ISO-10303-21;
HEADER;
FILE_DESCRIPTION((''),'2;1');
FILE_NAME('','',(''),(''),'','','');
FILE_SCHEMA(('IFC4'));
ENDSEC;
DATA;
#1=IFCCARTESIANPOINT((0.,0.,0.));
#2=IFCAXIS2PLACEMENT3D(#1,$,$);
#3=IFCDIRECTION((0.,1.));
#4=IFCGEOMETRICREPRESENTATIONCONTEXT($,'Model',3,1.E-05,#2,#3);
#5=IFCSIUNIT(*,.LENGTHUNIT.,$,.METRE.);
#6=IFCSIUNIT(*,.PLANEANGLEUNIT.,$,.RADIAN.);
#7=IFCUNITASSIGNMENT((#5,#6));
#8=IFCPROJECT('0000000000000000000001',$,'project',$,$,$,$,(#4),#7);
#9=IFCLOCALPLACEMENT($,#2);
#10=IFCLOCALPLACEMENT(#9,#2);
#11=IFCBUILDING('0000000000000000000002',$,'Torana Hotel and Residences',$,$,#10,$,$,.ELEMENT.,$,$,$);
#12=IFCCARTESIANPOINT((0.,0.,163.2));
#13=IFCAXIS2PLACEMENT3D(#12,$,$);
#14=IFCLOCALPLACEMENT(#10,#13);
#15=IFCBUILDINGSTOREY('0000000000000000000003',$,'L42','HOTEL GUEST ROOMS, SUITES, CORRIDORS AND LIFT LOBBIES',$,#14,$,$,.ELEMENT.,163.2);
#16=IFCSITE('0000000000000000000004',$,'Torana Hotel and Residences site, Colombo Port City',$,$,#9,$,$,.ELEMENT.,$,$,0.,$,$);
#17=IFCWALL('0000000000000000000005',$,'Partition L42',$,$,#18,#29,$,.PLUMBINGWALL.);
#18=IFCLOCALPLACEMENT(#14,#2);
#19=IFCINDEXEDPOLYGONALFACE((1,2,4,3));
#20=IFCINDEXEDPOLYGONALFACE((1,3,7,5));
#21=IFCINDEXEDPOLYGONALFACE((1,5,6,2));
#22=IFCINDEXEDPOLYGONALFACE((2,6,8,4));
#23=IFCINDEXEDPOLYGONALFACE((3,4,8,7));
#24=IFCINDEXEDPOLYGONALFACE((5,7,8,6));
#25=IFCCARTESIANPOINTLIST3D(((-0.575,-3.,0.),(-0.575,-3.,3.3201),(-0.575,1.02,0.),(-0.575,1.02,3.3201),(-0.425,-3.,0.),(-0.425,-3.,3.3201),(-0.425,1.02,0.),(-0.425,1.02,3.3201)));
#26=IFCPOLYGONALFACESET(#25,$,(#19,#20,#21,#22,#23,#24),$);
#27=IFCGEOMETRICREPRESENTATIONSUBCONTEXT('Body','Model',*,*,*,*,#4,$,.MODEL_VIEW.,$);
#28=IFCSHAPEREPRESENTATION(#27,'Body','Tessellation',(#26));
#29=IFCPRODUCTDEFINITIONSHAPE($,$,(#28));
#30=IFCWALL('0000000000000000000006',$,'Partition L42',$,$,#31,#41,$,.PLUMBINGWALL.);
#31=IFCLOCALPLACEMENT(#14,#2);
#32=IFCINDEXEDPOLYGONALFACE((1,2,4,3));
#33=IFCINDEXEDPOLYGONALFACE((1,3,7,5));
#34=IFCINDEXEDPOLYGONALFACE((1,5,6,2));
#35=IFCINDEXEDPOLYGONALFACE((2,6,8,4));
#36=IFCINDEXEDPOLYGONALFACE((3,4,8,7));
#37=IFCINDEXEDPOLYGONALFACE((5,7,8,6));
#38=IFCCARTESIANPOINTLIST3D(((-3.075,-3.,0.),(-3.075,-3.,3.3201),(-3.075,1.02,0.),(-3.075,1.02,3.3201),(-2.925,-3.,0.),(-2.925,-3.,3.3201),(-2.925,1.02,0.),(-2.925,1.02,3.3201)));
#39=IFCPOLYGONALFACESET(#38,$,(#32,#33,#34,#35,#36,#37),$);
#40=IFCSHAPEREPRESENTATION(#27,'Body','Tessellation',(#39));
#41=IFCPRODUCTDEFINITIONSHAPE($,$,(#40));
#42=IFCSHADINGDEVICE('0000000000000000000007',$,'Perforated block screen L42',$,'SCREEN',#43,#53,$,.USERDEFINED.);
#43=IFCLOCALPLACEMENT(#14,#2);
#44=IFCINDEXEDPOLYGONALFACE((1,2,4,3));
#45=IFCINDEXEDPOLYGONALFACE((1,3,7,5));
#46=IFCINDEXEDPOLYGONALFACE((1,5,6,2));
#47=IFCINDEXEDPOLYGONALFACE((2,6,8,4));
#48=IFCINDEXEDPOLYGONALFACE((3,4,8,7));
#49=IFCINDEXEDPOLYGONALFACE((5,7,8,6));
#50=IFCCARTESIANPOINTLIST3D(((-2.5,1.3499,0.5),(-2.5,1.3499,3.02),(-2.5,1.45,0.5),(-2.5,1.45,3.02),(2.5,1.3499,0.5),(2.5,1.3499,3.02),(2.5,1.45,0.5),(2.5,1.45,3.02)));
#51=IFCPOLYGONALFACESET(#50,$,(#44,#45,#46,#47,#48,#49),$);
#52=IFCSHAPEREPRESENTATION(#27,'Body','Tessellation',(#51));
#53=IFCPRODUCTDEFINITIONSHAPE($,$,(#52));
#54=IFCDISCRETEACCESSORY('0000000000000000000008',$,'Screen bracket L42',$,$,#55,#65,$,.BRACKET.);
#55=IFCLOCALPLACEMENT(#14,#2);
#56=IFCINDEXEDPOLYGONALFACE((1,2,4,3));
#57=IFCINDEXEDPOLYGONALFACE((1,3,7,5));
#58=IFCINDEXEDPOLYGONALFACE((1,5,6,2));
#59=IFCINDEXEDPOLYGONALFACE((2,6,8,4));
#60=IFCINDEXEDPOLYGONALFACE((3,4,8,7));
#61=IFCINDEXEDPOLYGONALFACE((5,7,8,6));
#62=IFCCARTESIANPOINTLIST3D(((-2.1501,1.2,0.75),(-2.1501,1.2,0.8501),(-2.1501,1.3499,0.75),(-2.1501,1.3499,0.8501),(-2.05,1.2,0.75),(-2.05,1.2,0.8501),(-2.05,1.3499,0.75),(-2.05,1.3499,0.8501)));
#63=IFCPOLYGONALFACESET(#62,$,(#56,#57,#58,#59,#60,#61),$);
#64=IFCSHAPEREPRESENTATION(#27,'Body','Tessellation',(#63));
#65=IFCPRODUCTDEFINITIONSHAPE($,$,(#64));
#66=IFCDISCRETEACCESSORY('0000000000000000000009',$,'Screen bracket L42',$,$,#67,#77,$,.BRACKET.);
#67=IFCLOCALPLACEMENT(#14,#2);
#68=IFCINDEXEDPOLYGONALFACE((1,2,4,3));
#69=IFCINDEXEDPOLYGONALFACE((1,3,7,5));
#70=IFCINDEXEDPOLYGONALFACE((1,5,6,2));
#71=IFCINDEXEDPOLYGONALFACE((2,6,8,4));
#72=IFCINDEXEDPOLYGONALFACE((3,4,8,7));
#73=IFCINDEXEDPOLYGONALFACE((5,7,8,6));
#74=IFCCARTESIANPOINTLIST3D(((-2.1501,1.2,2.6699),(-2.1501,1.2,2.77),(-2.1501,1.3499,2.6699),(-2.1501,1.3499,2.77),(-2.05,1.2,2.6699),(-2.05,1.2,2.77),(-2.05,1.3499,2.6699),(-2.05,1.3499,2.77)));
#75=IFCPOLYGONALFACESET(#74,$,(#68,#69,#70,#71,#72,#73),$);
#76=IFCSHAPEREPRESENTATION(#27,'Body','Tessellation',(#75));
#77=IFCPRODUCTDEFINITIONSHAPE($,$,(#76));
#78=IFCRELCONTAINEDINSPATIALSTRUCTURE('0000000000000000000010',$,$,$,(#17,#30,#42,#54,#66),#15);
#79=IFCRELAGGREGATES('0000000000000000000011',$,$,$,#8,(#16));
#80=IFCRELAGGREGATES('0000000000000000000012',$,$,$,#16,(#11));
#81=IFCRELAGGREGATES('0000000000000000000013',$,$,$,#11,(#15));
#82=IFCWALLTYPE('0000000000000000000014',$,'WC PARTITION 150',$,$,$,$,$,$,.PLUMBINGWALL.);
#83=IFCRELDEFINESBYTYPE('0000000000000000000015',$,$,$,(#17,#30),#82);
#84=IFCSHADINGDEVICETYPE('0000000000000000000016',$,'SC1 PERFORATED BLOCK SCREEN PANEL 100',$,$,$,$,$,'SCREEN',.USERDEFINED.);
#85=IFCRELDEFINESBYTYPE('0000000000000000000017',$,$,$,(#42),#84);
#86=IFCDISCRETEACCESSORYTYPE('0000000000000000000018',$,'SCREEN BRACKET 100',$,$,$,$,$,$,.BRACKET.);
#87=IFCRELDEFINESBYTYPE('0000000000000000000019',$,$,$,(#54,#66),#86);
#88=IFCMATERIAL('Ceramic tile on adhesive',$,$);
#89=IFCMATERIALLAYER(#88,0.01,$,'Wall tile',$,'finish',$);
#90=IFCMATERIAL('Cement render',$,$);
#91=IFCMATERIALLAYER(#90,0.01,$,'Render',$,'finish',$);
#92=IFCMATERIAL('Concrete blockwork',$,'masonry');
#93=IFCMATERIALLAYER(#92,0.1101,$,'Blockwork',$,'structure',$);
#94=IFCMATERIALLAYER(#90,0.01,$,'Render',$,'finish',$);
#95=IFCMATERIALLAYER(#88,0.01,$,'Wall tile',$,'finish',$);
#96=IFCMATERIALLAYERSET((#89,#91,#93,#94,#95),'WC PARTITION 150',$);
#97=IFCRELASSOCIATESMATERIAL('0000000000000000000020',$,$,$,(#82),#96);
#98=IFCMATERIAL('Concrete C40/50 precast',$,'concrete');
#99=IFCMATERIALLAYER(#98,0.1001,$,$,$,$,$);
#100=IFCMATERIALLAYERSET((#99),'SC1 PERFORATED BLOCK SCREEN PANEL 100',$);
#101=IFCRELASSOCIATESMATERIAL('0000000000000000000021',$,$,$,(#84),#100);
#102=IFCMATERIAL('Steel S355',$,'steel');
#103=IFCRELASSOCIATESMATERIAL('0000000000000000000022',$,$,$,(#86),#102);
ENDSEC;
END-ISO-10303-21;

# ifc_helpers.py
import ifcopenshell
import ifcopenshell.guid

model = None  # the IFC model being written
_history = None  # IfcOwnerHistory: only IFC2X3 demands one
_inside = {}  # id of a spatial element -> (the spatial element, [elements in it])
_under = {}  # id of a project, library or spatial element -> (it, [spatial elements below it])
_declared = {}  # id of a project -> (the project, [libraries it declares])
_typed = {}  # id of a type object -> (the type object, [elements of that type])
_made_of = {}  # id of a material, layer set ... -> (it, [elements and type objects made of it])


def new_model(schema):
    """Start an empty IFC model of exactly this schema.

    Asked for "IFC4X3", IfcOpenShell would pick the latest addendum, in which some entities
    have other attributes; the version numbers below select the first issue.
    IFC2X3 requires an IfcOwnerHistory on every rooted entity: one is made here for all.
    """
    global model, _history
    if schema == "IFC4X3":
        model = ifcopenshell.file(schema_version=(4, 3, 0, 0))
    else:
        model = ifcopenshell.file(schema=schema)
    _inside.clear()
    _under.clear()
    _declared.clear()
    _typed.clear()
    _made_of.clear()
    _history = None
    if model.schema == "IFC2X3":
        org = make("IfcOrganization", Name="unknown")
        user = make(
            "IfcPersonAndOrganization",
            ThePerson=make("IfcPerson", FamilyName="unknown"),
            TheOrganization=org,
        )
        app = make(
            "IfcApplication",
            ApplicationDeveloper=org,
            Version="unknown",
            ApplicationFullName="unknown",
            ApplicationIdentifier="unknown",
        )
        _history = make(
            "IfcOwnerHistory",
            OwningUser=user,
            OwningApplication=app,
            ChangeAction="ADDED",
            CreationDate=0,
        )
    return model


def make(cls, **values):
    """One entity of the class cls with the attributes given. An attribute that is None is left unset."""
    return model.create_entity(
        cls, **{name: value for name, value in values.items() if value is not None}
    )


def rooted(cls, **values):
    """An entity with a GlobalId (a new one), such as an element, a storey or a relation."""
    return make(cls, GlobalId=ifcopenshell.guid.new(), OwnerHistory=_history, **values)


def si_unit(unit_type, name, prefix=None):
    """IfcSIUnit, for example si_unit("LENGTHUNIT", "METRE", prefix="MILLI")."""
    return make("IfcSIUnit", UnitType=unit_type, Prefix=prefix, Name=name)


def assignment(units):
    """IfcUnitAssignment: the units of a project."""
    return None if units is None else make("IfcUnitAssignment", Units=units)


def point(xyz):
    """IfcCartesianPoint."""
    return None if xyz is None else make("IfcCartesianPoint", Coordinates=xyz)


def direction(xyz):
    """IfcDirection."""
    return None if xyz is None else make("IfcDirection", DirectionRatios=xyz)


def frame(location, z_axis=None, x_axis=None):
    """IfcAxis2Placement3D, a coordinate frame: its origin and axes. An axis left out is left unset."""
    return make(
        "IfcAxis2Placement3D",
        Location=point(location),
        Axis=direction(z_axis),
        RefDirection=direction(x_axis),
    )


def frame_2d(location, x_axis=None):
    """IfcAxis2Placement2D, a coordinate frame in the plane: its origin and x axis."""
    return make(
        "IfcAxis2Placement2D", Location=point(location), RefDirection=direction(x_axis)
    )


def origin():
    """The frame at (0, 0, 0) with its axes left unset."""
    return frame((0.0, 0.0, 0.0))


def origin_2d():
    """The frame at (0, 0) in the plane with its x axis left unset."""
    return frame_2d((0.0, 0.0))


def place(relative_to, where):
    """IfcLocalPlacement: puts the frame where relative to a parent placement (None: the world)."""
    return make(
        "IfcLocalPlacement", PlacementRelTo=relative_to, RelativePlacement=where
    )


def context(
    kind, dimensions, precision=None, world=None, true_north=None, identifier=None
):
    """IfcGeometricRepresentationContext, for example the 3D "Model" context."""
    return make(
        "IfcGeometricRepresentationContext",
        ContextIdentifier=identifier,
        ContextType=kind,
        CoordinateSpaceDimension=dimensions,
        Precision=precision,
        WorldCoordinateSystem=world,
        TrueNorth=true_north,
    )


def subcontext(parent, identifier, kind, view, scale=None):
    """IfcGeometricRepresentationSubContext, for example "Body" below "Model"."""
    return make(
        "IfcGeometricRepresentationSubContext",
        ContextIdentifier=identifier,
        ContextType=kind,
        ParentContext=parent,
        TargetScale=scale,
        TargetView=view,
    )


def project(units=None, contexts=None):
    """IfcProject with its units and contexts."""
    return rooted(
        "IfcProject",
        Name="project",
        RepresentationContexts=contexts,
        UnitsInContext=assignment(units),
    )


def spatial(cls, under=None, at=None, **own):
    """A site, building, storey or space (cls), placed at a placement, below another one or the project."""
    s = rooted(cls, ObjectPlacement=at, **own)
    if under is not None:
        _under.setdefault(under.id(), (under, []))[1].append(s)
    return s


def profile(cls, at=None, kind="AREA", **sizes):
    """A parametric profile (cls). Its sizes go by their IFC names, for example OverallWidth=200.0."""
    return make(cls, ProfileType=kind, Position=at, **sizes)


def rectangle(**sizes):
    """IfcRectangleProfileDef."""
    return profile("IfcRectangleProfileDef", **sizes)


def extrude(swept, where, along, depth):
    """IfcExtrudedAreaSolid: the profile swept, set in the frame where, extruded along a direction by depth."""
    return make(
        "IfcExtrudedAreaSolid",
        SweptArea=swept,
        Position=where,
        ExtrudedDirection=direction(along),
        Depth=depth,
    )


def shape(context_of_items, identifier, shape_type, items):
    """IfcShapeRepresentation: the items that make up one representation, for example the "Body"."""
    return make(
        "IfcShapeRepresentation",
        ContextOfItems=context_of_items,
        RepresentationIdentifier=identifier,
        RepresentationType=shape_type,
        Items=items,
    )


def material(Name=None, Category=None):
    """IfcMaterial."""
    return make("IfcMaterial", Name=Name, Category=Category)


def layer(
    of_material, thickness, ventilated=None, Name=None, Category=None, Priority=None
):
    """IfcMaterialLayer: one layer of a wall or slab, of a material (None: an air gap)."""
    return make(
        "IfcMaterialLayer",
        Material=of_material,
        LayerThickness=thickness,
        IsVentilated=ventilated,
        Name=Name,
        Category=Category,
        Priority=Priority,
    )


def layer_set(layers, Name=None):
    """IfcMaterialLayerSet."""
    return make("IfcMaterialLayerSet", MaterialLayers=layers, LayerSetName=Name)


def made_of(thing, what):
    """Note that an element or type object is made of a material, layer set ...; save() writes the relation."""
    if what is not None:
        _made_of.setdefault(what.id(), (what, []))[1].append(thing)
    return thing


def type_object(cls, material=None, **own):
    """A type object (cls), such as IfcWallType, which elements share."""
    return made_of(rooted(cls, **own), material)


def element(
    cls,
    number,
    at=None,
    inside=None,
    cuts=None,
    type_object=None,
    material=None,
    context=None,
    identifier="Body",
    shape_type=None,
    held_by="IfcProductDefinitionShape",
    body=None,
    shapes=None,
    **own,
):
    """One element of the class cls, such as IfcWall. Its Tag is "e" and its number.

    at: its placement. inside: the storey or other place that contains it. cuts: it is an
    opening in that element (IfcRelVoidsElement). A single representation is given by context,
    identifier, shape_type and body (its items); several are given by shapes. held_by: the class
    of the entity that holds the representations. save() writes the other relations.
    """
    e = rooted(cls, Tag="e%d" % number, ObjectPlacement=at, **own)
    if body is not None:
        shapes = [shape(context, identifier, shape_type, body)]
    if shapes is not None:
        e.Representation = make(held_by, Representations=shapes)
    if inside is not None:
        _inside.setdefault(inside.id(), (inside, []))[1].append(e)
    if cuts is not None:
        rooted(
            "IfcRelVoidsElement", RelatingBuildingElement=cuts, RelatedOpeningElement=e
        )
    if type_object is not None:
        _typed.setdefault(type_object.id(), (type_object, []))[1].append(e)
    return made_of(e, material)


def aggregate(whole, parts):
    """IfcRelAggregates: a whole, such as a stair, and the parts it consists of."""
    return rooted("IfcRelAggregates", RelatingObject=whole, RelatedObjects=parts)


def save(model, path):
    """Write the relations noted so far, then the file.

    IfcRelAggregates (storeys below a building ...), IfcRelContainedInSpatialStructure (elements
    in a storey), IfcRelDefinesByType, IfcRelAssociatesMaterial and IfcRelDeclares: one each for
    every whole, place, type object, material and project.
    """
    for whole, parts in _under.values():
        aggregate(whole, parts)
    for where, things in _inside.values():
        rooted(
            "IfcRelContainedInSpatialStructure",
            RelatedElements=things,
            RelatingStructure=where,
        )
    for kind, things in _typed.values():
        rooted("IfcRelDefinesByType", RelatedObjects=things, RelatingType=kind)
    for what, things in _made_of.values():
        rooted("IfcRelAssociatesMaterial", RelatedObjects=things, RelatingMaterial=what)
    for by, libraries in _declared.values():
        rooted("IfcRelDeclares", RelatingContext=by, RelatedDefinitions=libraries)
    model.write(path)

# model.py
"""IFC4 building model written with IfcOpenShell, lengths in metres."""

from ifc_helpers import new_model, si_unit, direction, frame, frame_2d, origin, origin_2d, place, context, subcontext, project, spatial, rectangle, extrude, material, layer, layer_set, type_object, element, save


model = new_model("IFC4")

# Units and contexts
model_context = context("Model", 3, precision=1e-05, world=origin(), true_north=direction((0.0, 1.0)))
body_context = subcontext(model_context, "Body", "Model", "MODEL_VIEW")
ifc_project = project(units=[si_unit("LENGTHUNIT", "METRE"), si_unit("PLANEANGLEUNIT", "RADIAN")], contexts=[model_context])

# Site, building, storey
site_placement = place(None, origin())
site = spatial("IfcSite", under=ifc_project, at=site_placement, Name="Torana Hotel and Residences site, Colombo Port City", CompositionType="ELEMENT", RefElevation=0.0)
building_placement = place(site_placement, origin())
building = spatial("IfcBuilding", under=site, at=building_placement, Name="Torana Hotel and Residences", CompositionType="ELEMENT")
storey_placement = place(building_placement, frame((0.0, 0.0, 163.2)))
storey = spatial("IfcBuildingStorey", under=building, at=storey_placement, Name="L42", Description="HOTEL GUEST ROOMS, SUITES, CORRIDORS AND LIFT LOBBIES", CompositionType="ELEMENT", Elevation=163.2)

# Walls
ifc_material_1 = material(Name="Ceramic tile on adhesive")
ifc_layer_1 = layer(ifc_material_1, 0.01, Name="Wall tile", Category="finish")
ifc_material_2 = material(Name="Cement render")
ifc_layer_2 = layer(ifc_material_2, 0.01, Name="Render", Category="finish")
ifc_material_3 = material(Name="Concrete blockwork", Category="masonry")
ifc_layer_3 = layer(ifc_material_3, 0.1101, Name="Blockwork", Category="structure")
ifc_layer_4 = layer(ifc_material_2, 0.01, Name="Render", Category="finish")
ifc_layer_5 = layer(ifc_material_1, 0.01, Name="Wall tile", Category="finish")
ifc_layer_set_1 = layer_set([ifc_layer_1, ifc_layer_2, ifc_layer_3, ifc_layer_4, ifc_layer_5], Name="WC PARTITION 150")
wall_type_1 = type_object("IfcWallType", Name="WC PARTITION 150", PredefinedType="PLUMBINGWALL", material=ifc_layer_set_1)
for number, where, z_axis, x_axis, name in (
    (1, (-0.5, -3.0, 0.0), (0.0, 0.0, 1.0), (0.0, 1.0, 0.0), "Partition L42"),
    (2, (-3.0, -3.0, 0.0), (0.0, 0.0, 1.0), (0.0, 1.0, 0.0), "Partition L42"),
):
    element("IfcWall", number, at=place(storey_placement, frame(where, z_axis=z_axis, x_axis=x_axis)), inside=storey, type_object=wall_type_1, Name=name, PredefinedType="PLUMBINGWALL", context=body_context, shape_type="SweptSolid", body=[
        extrude(rectangle(XDim=4.02, YDim=0.1499, at=frame_2d((2.01, 0.0))), origin(), (0.0, 0.0, 1.0), 3.3201),
    ])

# Shading device
ifc_material_4 = material(Name="Concrete C40/50 precast", Category="concrete")
ifc_layer_6 = layer(ifc_material_4, 0.1001)
ifc_layer_set_2 = layer_set([ifc_layer_6], Name="SC1 PERFORATED BLOCK SCREEN PANEL 100")
shading_device_type = type_object("IfcShadingDeviceType", Name="SC1 PERFORATED BLOCK SCREEN PANEL 100", ElementType="SCREEN", PredefinedType="USERDEFINED", material=ifc_layer_set_2)
shading_device_placement = place(storey_placement, frame((0.0, 1.3999, 0.5), z_axis=(0.0, 0.0, 1.0), x_axis=(-1.0, 0.0, 0.0)))
element("IfcShadingDevice", 3, at=shading_device_placement, inside=storey, type_object=shading_device_type, Name="Perforated block screen L42", ObjectType="SCREEN", PredefinedType="USERDEFINED", context=body_context, shape_type="SweptSolid", body=[
    extrude(rectangle(XDim=5.0, YDim=0.1001, at=origin_2d()), origin(), (0.0, 0.0, 1.0), 2.52),
])

# Discrete accessories
ifc_material_5 = material(Name="Steel S355", Category="steel")
discrete_accessory_type = type_object("IfcDiscreteAccessoryType", Name="SCREEN BRACKET 100", PredefinedType="BRACKET", material=ifc_material_5)
for number, where, z_axis, x_axis, name in (
    (4, (-2.1001, 1.2749, 0.75), (0.0, 0.0, 1.0), (-1.0, 0.0, 0.0), "Screen bracket L42"),
    (5, (-2.1001, 1.2749, 2.6699), (0.0, 0.0, 1.0), (-1.0, 0.0, 0.0), "Screen bracket L42"),
):
    element("IfcDiscreteAccessory", number, at=place(storey_placement, frame(where, z_axis=z_axis, x_axis=x_axis)), inside=storey, type_object=discrete_accessory_type, Name=name, PredefinedType="BRACKET", context=body_context, shape_type="SweptSolid", body=[
        extrude(rectangle(XDim=0.1001, YDim=0.1499, at=origin_2d()), origin(), (0.0, 0.0, 1.0), 0.1001),
    ])

save(model, "model.ifc")
